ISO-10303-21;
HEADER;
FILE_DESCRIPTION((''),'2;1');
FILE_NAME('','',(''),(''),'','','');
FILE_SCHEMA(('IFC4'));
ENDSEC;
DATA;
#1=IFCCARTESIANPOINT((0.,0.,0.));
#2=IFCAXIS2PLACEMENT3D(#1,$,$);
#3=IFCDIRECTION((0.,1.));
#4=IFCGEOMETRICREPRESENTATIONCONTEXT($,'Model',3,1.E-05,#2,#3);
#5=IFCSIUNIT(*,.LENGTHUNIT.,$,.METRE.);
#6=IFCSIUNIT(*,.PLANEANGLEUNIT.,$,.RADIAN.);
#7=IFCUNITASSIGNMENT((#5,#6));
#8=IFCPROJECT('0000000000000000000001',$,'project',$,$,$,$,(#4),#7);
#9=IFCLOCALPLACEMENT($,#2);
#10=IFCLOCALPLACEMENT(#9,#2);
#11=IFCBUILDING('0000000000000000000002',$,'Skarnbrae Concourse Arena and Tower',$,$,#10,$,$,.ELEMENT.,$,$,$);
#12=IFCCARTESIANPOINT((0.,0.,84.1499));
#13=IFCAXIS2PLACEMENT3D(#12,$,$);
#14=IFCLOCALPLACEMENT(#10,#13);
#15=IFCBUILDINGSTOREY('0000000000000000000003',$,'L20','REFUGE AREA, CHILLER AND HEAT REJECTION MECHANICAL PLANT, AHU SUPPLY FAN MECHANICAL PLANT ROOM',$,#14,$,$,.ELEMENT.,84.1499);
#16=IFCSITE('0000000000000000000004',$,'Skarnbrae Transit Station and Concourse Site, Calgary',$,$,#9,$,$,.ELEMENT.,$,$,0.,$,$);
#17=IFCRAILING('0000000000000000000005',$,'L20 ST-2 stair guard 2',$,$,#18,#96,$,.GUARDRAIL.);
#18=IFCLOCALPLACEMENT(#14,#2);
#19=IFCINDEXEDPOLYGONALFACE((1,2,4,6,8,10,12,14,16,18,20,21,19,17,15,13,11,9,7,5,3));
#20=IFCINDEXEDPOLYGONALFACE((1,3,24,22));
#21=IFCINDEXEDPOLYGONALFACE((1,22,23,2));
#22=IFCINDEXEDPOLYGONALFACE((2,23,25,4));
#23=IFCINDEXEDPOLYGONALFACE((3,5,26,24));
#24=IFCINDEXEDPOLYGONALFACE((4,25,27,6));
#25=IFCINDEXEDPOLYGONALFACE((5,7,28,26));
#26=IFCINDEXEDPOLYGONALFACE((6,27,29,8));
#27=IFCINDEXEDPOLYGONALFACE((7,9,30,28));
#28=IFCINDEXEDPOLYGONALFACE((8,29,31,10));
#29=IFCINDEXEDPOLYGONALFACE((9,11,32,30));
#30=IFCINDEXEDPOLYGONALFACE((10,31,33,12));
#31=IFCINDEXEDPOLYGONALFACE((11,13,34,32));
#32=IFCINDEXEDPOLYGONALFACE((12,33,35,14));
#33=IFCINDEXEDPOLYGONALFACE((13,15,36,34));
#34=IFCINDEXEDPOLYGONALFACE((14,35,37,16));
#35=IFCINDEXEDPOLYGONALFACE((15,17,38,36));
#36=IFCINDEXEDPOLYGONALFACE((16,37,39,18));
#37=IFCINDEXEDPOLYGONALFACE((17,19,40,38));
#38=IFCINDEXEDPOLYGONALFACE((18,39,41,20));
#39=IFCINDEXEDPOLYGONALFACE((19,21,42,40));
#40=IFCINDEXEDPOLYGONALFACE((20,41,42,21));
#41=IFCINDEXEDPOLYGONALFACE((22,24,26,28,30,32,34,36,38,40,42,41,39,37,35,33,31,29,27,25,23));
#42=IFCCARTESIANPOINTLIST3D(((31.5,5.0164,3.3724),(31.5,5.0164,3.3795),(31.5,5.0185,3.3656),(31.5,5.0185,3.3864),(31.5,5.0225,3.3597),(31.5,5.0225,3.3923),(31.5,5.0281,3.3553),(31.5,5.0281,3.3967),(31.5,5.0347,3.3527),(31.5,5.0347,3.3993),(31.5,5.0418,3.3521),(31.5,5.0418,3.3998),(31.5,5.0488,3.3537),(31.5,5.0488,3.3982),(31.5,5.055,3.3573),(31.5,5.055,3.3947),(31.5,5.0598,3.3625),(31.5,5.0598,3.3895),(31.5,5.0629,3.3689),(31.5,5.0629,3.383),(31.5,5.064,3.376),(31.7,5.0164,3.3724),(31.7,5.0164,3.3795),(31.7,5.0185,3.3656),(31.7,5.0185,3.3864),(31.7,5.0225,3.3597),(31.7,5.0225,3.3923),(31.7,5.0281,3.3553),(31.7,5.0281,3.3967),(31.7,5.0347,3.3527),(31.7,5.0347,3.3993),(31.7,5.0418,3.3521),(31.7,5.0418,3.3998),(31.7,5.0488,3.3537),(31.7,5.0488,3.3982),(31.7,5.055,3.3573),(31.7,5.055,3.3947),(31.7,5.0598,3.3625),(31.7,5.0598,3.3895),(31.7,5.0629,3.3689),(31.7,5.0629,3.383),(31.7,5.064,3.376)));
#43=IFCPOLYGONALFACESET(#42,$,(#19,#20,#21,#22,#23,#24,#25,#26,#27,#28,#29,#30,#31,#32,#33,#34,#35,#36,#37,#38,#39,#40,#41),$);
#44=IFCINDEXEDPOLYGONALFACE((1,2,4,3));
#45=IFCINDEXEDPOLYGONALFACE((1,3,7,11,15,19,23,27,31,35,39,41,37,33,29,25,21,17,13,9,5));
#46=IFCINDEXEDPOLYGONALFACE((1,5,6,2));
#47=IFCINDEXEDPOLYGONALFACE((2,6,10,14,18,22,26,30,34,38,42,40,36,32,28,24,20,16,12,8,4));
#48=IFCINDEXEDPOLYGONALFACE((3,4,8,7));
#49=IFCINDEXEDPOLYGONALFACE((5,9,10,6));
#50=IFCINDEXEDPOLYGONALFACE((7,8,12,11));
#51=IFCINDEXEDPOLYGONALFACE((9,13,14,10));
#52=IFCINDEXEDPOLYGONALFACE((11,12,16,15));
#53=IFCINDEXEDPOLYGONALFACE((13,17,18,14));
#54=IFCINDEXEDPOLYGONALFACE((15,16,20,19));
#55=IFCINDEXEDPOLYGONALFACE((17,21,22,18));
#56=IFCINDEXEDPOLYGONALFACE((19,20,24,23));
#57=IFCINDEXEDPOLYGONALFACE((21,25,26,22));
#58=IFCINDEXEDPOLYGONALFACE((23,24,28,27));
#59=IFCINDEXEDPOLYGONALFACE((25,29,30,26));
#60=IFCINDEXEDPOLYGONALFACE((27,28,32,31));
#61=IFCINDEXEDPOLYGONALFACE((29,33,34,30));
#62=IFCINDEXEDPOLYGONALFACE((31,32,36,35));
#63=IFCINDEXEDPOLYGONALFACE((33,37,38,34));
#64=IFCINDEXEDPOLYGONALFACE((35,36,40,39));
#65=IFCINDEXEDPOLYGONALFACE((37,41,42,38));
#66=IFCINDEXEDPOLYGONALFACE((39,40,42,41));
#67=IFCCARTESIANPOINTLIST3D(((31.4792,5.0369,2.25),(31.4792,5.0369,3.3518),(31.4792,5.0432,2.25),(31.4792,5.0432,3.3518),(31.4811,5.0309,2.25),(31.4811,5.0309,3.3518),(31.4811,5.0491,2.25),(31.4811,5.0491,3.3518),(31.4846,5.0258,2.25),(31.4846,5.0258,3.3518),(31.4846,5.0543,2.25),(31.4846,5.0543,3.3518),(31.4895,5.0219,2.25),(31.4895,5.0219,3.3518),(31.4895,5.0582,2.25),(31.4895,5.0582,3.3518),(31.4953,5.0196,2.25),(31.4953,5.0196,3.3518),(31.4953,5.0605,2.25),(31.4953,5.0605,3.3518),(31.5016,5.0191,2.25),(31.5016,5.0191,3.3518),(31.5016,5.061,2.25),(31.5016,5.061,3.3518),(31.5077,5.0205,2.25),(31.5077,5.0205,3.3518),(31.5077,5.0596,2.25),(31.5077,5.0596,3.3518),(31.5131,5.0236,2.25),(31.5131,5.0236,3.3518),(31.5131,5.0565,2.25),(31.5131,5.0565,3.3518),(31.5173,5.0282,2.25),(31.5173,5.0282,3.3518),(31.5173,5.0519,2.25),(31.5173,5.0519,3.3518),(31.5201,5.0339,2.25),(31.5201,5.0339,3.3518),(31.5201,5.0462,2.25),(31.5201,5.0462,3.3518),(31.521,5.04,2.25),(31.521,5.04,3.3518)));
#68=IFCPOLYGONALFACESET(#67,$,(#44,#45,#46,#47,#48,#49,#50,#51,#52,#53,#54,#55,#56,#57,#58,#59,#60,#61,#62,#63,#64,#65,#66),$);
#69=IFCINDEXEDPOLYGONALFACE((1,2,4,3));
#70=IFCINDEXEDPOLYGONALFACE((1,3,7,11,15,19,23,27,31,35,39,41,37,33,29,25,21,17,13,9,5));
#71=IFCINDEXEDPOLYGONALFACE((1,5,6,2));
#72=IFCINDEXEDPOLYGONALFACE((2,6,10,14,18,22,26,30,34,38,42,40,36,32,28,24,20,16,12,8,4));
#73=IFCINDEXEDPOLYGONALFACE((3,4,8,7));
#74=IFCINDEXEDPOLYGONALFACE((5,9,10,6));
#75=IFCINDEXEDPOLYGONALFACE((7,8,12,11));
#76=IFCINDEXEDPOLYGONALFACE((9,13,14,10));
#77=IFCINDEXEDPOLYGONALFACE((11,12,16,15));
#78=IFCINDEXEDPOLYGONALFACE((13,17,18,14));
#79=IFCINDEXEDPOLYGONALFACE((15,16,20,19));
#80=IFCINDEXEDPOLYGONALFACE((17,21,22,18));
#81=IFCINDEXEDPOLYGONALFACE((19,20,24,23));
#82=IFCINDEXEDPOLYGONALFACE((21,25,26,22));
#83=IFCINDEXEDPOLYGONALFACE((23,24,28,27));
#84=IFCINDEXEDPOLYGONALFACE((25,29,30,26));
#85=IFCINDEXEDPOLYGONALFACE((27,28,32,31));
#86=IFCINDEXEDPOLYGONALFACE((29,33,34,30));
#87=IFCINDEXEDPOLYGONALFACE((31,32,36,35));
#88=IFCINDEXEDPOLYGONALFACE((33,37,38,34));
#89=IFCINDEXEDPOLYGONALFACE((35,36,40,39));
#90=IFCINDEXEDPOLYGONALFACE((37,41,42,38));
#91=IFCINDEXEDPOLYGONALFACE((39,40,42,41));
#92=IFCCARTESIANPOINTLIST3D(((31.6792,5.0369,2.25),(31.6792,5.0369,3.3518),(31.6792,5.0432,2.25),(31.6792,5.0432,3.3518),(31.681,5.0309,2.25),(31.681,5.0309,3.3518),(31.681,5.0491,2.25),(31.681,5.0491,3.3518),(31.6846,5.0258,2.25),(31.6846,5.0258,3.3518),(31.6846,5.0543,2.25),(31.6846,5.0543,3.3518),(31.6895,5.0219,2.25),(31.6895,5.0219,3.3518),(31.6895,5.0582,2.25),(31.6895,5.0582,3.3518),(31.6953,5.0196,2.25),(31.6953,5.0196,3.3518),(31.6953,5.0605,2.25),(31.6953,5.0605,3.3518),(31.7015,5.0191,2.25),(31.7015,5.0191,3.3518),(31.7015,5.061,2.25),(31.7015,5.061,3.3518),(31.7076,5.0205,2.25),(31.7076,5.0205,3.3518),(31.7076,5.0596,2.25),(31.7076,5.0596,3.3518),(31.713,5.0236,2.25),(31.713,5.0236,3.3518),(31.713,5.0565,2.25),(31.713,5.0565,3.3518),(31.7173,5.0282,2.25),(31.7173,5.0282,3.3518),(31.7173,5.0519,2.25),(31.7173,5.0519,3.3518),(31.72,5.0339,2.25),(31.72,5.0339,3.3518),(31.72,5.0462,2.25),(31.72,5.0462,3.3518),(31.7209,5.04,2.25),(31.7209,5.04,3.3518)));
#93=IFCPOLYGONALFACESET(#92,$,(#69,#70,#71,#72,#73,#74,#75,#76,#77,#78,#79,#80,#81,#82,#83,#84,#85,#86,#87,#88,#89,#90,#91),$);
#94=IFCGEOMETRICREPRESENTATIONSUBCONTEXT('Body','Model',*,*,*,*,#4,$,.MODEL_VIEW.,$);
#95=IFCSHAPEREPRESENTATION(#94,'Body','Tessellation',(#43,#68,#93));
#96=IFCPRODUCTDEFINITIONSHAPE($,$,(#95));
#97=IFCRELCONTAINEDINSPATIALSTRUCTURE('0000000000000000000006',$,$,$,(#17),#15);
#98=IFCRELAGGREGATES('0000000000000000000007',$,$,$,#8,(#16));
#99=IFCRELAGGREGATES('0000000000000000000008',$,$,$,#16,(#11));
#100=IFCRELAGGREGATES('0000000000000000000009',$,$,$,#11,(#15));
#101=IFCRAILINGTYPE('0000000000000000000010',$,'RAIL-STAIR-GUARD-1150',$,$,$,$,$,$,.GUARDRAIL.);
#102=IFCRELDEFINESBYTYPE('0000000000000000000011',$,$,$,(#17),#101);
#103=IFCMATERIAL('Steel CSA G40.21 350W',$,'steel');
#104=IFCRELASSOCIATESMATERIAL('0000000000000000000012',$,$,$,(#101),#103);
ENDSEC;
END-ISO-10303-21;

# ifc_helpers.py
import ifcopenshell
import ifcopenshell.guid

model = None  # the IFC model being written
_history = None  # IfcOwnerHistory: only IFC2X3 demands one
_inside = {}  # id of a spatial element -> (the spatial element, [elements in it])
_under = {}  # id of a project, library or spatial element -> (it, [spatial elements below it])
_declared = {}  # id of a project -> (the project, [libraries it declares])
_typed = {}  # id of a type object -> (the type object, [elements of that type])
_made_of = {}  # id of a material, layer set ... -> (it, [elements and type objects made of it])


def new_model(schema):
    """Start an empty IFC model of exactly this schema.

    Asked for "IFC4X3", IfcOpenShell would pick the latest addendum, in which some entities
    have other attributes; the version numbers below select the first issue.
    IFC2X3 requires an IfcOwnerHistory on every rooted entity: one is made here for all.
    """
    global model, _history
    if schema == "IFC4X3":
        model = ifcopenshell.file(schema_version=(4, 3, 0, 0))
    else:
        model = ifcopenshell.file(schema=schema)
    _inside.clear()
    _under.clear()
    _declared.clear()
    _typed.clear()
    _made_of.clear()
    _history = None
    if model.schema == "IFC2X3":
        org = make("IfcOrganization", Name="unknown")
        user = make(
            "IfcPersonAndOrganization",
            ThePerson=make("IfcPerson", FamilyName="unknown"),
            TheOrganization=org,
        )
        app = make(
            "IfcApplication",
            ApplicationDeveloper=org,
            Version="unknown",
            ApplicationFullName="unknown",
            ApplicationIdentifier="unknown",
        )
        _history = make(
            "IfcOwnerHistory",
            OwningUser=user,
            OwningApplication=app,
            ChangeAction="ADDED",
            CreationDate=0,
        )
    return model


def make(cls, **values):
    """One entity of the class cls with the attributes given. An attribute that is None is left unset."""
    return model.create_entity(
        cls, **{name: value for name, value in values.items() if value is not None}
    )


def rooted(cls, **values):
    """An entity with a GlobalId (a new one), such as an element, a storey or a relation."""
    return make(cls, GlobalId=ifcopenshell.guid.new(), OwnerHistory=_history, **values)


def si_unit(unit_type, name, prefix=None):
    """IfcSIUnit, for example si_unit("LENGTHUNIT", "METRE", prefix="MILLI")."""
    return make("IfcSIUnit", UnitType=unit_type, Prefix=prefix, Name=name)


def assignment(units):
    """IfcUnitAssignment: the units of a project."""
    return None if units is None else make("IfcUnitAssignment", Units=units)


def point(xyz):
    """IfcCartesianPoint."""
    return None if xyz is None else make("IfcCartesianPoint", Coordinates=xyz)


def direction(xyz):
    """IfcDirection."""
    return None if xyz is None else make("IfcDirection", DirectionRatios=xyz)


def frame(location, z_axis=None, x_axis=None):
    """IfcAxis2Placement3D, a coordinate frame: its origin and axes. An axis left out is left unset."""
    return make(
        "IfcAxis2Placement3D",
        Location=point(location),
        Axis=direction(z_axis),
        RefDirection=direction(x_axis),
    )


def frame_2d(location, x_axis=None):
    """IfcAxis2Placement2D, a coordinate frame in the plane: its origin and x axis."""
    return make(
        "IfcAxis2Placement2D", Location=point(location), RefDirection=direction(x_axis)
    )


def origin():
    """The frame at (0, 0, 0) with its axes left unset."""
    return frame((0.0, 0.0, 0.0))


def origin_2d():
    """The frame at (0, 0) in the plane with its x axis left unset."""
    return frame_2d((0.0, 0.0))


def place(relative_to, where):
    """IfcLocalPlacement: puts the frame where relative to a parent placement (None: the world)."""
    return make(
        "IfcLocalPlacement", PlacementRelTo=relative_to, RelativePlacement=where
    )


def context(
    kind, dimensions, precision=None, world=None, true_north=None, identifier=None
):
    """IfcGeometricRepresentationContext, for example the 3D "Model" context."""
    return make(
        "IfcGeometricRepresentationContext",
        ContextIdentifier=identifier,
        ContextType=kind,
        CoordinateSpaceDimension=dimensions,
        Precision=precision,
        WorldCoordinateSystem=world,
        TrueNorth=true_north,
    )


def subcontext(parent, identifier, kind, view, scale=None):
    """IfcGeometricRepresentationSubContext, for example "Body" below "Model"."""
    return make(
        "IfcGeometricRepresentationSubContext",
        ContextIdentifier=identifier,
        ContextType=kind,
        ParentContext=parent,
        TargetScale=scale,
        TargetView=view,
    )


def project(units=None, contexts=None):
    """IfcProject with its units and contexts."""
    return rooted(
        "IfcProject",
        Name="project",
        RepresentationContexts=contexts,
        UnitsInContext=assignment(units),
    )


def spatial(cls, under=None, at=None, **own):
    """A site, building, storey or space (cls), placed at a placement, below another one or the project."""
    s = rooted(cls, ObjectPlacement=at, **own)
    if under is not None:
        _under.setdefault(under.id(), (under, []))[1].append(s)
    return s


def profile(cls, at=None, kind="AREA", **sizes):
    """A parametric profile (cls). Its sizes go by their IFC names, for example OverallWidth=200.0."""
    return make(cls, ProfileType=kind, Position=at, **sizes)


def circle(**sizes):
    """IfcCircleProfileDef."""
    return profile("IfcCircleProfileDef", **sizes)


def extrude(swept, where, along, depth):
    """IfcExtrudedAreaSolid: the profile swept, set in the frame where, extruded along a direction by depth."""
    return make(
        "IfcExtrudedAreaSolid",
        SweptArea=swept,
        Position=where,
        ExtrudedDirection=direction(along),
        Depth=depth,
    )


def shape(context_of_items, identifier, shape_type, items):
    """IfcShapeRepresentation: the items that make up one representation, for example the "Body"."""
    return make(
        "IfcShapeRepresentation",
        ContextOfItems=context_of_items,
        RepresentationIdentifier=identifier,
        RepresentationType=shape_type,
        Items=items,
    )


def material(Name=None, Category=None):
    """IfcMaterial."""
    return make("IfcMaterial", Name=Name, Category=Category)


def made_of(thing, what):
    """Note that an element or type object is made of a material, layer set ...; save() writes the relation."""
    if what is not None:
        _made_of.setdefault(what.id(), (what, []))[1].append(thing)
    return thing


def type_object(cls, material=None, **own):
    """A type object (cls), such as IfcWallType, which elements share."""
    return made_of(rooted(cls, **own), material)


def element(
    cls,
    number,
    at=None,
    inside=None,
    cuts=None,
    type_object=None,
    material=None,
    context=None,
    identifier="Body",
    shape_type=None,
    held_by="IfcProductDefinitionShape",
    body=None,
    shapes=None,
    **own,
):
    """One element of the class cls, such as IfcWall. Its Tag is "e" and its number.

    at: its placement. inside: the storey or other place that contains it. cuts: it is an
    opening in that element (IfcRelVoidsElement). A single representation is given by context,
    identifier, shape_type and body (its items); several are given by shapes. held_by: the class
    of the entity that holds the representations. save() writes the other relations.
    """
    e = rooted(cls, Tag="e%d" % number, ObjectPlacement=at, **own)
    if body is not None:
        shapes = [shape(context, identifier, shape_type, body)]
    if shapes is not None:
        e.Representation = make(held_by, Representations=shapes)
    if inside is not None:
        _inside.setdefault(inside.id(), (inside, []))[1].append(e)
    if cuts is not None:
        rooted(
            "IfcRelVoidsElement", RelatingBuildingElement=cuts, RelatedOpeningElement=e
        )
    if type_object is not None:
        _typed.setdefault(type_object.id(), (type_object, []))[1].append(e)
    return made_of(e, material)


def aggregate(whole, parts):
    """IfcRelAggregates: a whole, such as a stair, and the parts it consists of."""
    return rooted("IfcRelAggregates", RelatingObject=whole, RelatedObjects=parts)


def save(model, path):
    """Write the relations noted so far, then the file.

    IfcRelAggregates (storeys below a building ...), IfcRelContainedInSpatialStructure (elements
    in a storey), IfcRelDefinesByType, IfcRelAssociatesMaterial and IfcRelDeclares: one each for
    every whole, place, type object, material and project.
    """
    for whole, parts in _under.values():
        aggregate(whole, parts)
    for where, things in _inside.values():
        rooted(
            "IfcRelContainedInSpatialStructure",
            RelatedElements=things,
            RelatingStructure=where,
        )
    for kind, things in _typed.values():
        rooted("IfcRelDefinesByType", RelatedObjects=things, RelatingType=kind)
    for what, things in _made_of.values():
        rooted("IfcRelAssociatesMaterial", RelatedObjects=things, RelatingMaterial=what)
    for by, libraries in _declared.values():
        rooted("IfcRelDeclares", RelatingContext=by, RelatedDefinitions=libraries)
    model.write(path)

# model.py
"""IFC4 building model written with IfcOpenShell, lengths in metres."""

from ifc_helpers import new_model, si_unit, direction, frame, origin, origin_2d, place, context, subcontext, project, spatial, circle, extrude, material, type_object, element, save


model = new_model("IFC4")

# Units and contexts
model_context = context("Model", 3, precision=1e-05, world=origin(), true_north=direction((0.0, 1.0)))
body_context = subcontext(model_context, "Body", "Model", "MODEL_VIEW")
ifc_project = project(units=[si_unit("LENGTHUNIT", "METRE"), si_unit("PLANEANGLEUNIT", "RADIAN")], contexts=[model_context])

# Site, building, storey
site_placement = place(None, origin())
site = spatial("IfcSite", under=ifc_project, at=site_placement, Name="Skarnbrae Transit Station and Concourse Site, Calgary", CompositionType="ELEMENT", RefElevation=0.0)
building_placement = place(site_placement, origin())
building = spatial("IfcBuilding", under=site, at=building_placement, Name="Skarnbrae Concourse Arena and Tower", CompositionType="ELEMENT")
storey_placement = place(building_placement, frame((0.0, 0.0, 84.1499)))
storey = spatial("IfcBuildingStorey", under=building, at=storey_placement, Name="L20", Description="REFUGE AREA, CHILLER AND HEAT REJECTION MECHANICAL PLANT, AHU SUPPLY FAN MECHANICAL PLANT ROOM", CompositionType="ELEMENT", Elevation=84.1499)

# Shared definitions
ifc_material_1 = material(Name="Steel CSA G40.21 350W", Category="steel")

# Railing
railing_type_1 = type_object("IfcRailingType", Name="RAIL-STAIR-GUARD-1150", PredefinedType="GUARDRAIL", material=ifc_material_1)
railing_1_placement = place(storey_placement, frame((31.5, 5.04, 2.25)))
element("IfcRailing", 1, at=railing_1_placement, inside=storey, type_object=railing_type_1, Name="L20 ST-2 stair guard 2", PredefinedType="GUARDRAIL", context=body_context, shape_type="SweptSolid", body=[
    extrude(circle(Radius=0.0239, at=origin_2d()), frame((0.0, 0.0, 1.126), z_axis=(1.0, 0.0, 0.0), x_axis=(0.0, 1.0, 0.0)), (0.0, 0.0, 1.0), 0.2),
    extrude(circle(Radius=0.021, at=origin_2d()), origin(), (0.0, 0.0, 1.0), 1.1018),
    extrude(circle(Radius=0.021, at=origin_2d()), frame((0.2, 0.0, 0.0)), (0.0, 0.0, 1.0), 1.1018),
])

save(model, "model.ifc")
